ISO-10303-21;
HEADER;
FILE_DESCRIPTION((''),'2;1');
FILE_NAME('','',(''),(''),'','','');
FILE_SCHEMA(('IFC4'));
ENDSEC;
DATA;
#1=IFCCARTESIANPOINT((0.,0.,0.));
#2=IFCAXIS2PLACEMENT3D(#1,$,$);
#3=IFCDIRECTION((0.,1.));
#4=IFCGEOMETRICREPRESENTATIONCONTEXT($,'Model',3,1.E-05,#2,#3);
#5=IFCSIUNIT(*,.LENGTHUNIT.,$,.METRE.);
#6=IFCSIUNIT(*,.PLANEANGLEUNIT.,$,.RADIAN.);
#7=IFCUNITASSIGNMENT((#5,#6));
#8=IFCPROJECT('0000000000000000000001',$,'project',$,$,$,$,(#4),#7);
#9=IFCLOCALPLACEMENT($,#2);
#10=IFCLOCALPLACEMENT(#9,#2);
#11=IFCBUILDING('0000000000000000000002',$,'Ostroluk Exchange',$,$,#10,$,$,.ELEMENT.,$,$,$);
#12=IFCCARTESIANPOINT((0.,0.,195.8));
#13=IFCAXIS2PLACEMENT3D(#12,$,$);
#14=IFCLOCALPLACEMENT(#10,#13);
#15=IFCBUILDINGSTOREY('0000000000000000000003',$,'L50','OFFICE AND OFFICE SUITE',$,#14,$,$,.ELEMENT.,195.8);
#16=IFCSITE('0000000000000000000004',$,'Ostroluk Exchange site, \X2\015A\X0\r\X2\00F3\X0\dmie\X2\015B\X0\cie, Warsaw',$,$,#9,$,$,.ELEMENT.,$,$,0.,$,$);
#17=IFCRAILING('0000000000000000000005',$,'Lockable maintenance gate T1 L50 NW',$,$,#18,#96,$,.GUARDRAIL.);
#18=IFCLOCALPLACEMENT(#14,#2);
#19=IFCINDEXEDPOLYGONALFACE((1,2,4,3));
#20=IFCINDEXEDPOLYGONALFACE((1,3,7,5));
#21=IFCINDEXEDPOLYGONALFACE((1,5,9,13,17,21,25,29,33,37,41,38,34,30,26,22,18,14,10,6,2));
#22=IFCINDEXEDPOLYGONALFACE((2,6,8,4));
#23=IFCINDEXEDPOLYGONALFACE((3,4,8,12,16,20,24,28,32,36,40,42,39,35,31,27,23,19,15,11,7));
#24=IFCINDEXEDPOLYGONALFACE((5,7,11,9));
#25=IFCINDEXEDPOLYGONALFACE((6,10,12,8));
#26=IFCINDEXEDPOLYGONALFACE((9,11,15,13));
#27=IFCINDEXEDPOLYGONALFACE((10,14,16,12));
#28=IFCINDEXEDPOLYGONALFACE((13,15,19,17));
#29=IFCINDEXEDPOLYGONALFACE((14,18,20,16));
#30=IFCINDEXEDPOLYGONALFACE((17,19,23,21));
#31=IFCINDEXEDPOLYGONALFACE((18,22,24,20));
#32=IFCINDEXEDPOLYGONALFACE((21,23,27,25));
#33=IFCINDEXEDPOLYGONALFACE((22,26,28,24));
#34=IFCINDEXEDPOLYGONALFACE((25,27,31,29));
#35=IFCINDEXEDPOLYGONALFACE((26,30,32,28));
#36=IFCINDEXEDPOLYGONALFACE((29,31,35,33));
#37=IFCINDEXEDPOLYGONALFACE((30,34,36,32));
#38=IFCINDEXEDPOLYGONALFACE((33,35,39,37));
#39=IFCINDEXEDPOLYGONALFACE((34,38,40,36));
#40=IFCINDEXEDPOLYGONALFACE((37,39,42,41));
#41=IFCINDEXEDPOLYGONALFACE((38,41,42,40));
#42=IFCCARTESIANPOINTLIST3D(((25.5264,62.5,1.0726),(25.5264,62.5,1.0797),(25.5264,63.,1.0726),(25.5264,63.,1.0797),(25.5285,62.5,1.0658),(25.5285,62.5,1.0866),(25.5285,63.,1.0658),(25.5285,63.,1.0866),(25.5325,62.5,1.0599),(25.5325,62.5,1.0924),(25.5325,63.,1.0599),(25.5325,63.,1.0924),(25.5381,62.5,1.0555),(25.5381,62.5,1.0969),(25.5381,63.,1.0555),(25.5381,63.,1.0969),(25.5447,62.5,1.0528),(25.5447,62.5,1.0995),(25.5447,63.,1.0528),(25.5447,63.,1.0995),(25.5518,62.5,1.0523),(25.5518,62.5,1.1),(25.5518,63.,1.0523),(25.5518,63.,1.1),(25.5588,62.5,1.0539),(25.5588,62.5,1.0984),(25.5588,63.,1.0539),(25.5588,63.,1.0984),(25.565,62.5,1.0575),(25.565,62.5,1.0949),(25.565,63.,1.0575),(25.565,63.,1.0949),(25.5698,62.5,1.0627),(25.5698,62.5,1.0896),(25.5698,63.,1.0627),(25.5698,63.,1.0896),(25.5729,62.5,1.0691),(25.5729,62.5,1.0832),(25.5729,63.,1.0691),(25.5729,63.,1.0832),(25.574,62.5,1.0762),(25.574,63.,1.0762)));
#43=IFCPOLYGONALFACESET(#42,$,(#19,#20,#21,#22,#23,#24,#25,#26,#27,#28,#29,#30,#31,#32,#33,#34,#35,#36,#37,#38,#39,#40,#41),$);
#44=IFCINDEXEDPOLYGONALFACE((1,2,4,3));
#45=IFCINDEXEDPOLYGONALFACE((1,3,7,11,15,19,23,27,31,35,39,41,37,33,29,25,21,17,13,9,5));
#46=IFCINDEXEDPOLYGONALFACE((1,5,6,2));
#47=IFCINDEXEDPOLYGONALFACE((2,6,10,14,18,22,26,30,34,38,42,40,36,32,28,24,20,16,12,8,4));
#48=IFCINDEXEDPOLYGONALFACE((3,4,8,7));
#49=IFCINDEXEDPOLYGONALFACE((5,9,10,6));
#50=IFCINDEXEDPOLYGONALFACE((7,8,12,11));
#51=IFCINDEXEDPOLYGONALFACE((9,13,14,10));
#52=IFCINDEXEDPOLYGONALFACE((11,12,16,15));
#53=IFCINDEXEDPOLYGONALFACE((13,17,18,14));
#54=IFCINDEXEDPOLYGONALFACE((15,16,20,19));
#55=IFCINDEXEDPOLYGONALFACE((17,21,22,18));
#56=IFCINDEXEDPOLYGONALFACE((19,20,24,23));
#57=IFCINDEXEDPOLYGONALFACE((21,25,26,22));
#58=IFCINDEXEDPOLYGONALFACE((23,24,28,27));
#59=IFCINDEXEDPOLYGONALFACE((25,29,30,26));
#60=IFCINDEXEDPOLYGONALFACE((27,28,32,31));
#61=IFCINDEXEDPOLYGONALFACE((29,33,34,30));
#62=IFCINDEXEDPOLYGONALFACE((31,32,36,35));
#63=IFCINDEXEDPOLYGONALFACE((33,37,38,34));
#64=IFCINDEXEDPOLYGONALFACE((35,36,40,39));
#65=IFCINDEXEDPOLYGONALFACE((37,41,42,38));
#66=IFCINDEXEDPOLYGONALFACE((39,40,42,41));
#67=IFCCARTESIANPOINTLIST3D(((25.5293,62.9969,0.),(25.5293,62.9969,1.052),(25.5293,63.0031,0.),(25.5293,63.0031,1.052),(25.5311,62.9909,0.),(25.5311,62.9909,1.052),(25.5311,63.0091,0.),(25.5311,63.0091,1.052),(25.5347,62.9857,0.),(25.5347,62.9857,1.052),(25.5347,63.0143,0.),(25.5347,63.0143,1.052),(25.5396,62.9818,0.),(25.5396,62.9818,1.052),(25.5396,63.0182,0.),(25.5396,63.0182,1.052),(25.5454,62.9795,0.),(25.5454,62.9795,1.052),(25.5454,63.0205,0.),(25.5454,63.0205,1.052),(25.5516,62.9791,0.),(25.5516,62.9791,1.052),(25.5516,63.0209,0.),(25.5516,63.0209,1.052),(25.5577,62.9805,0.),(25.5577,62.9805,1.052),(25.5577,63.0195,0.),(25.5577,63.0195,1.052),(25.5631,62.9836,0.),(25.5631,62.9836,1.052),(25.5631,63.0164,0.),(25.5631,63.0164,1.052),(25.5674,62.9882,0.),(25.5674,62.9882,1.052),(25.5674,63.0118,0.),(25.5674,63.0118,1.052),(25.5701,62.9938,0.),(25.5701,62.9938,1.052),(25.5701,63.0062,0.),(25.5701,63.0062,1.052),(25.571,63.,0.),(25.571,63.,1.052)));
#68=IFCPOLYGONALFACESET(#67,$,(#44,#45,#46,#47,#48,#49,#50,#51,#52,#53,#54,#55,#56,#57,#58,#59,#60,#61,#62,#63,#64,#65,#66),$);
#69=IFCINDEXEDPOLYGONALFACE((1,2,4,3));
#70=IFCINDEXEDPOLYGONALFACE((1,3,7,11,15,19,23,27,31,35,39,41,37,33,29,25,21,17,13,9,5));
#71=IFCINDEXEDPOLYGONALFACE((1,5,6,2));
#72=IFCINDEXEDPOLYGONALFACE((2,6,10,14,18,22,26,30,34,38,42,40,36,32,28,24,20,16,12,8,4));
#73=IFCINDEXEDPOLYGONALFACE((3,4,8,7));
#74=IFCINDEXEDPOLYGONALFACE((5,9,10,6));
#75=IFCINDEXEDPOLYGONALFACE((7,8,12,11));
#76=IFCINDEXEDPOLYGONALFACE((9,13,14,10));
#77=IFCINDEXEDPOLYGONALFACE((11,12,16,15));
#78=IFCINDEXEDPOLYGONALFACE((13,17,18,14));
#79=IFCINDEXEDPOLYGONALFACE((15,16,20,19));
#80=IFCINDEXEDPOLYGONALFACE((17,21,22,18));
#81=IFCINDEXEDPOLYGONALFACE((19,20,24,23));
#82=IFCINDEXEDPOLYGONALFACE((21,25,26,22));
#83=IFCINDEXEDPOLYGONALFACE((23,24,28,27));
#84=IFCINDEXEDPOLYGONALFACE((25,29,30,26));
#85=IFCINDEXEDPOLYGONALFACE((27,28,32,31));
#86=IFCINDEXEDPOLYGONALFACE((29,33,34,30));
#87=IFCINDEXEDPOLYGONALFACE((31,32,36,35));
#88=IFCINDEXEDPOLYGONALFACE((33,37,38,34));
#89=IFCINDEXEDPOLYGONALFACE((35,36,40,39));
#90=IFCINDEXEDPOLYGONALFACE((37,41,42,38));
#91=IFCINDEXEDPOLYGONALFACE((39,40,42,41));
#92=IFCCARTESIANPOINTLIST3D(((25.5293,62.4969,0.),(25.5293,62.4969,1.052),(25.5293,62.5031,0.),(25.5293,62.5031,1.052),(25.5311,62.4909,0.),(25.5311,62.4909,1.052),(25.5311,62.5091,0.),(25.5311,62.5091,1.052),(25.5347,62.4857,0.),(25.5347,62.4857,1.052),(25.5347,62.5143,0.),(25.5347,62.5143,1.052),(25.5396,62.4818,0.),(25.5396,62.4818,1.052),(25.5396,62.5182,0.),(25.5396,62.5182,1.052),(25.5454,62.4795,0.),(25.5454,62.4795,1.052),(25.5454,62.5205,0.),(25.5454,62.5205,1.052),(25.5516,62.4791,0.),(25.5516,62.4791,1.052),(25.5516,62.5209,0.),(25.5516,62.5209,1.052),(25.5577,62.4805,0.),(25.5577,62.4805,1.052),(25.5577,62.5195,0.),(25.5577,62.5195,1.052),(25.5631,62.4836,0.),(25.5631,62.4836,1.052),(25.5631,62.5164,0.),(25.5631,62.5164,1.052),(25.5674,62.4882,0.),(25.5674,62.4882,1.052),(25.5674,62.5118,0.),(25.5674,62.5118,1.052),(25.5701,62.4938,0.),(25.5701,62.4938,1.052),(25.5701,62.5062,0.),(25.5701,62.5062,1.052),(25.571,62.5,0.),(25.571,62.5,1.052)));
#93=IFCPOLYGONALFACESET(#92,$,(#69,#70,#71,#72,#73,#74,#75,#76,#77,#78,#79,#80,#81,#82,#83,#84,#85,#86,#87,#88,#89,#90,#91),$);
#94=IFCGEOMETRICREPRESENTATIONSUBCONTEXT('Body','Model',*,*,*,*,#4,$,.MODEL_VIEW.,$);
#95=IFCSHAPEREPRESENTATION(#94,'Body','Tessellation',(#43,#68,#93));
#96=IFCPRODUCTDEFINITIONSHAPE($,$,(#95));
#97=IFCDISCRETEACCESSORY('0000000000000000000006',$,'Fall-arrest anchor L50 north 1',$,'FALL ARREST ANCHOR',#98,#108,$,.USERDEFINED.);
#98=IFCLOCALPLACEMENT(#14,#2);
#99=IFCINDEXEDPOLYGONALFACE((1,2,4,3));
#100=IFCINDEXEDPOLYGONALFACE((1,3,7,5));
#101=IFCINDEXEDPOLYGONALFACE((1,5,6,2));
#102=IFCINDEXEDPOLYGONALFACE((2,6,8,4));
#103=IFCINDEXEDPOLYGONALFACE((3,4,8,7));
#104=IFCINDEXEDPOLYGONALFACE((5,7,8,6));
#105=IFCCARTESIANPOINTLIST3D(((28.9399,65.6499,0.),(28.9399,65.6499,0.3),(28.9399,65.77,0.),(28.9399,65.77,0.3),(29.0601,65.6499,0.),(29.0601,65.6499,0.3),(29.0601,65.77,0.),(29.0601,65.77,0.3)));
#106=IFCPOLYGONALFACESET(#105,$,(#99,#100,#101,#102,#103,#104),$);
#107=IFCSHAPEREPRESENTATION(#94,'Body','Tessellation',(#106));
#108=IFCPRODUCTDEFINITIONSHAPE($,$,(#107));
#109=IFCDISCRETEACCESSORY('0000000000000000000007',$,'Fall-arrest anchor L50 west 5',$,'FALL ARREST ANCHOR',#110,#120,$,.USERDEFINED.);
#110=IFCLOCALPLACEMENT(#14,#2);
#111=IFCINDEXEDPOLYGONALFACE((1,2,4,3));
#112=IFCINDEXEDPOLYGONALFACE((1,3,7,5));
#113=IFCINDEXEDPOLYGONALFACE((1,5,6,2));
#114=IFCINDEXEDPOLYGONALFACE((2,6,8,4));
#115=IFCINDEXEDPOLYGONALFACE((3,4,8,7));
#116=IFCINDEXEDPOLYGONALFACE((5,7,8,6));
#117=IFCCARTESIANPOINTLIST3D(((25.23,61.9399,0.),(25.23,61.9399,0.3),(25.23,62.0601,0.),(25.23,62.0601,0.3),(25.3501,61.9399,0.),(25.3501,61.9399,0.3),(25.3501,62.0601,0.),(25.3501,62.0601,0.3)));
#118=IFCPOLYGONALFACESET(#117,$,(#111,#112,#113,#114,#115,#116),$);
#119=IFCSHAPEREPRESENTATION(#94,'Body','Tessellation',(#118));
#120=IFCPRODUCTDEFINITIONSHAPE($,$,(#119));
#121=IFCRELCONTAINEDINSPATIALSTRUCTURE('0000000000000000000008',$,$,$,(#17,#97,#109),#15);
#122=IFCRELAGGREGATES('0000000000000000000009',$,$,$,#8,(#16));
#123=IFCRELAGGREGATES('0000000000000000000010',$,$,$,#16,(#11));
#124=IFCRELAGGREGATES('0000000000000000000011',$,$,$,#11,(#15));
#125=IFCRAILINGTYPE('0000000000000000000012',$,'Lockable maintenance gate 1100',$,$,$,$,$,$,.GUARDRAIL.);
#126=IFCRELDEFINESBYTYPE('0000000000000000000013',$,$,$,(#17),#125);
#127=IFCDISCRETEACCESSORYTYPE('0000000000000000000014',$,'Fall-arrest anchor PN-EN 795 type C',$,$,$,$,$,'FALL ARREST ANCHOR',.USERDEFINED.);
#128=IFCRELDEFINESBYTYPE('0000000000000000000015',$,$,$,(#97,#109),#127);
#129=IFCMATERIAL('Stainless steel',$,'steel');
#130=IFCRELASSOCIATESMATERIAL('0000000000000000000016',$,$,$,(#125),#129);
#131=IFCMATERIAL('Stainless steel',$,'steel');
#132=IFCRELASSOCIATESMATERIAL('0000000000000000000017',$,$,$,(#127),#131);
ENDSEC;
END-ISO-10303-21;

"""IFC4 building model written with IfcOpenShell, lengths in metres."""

from ifc_helpers import new_model, si_unit, direction, frame, origin, origin_2d, place, context, subcontext, project, spatial, rectangle, circle, extrude, material, type_object, element, save


model = new_model("IFC4")

# Units and contexts
model_context = context("Model", 3, precision=1e-05, world=origin(), true_north=direction((0.0, 1.0)))
body_context = subcontext(model_context, "Body", "Model", "MODEL_VIEW")
ifc_project = project(units=[si_unit("LENGTHUNIT", "METRE"), si_unit("PLANEANGLEUNIT", "RADIAN")], contexts=[model_context])

# Site, building, storey
site_placement = place(None, origin())
site = spatial("IfcSite", under=ifc_project, at=site_placement, Name="Ostroluk Exchange site, Śródmieście, Warsaw", CompositionType="ELEMENT", RefElevation=0.0)
building_placement = place(site_placement, origin())
building = spatial("IfcBuilding", under=site, at=building_placement, Name="Ostroluk Exchange", CompositionType="ELEMENT")
storey_placement = place(building_placement, frame((0.0, 0.0, 195.8)))
storey = spatial("IfcBuildingStorey", under=building, at=storey_placement, Name="L50", Description="OFFICE AND OFFICE SUITE", CompositionType="ELEMENT", Elevation=195.8)

# Railing
ifc_material_1 = material(Name="Stainless steel", Category="steel")
railing_type_1 = type_object("IfcRailingType", Name="Lockable maintenance gate 1100", PredefinedType="GUARDRAIL", material=ifc_material_1)
railing_1_placement = place(storey_placement, frame((25.55, 63.0, 0.0)))
element("IfcRailing", 1, at=railing_1_placement, inside=storey, type_object=railing_type_1, Name="Lockable maintenance gate T1 L50 NW", PredefinedType="GUARDRAIL", context=body_context, shape_type="SweptSolid", body=[
    extrude(circle(Radius=0.0239, at=origin_2d()), frame((0.0, 0.0, 1.0762), z_axis=(0.0, -1.0, 0.0), x_axis=(1.0, 0.0, 0.0)), (0.0, 0.0, 1.0), 0.5),
    extrude(circle(Radius=0.021, at=origin_2d()), origin(), (0.0, 0.0, 1.0), 1.052),
    extrude(circle(Radius=0.021, at=origin_2d()), frame((0.0, -0.5, 0.0)), (0.0, 0.0, 1.0), 1.052),
])

# Discrete accessories
ifc_material_2 = material(Name="Stainless steel", Category="steel")
discrete_accessory_type = type_object("IfcDiscreteAccessoryType", Name="Fall-arrest anchor PN-EN 795 type C", ElementType="FALL ARREST ANCHOR", PredefinedType="USERDEFINED", material=ifc_material_2)
for number, where, z_axis, x_axis, name in (
    (2, (29.0, 65.71, 0.0), (0.0, 0.0, 1.0), (1.0, 0.0, 0.0), "Fall-arrest anchor L50 north 1"),
    (3, (25.29, 62.0, 0.0), (0.0, 0.0, 1.0), (1.0, 0.0, 0.0), "Fall-arrest anchor L50 west 5"),
):
    element("IfcDiscreteAccessory", number, at=place(storey_placement, frame(where, z_axis=z_axis, x_axis=x_axis)), inside=storey, type_object=discrete_accessory_type, Name=name, ObjectType="FALL ARREST ANCHOR", PredefinedType="USERDEFINED", context=body_context, shape_type="SweptSolid", body=[
        extrude(rectangle(XDim=0.1201, YDim=0.1201, at=origin_2d()), origin(), (0.0, 0.0, 1.0), 0.3),
    ])

save(model, "model.ifc")
